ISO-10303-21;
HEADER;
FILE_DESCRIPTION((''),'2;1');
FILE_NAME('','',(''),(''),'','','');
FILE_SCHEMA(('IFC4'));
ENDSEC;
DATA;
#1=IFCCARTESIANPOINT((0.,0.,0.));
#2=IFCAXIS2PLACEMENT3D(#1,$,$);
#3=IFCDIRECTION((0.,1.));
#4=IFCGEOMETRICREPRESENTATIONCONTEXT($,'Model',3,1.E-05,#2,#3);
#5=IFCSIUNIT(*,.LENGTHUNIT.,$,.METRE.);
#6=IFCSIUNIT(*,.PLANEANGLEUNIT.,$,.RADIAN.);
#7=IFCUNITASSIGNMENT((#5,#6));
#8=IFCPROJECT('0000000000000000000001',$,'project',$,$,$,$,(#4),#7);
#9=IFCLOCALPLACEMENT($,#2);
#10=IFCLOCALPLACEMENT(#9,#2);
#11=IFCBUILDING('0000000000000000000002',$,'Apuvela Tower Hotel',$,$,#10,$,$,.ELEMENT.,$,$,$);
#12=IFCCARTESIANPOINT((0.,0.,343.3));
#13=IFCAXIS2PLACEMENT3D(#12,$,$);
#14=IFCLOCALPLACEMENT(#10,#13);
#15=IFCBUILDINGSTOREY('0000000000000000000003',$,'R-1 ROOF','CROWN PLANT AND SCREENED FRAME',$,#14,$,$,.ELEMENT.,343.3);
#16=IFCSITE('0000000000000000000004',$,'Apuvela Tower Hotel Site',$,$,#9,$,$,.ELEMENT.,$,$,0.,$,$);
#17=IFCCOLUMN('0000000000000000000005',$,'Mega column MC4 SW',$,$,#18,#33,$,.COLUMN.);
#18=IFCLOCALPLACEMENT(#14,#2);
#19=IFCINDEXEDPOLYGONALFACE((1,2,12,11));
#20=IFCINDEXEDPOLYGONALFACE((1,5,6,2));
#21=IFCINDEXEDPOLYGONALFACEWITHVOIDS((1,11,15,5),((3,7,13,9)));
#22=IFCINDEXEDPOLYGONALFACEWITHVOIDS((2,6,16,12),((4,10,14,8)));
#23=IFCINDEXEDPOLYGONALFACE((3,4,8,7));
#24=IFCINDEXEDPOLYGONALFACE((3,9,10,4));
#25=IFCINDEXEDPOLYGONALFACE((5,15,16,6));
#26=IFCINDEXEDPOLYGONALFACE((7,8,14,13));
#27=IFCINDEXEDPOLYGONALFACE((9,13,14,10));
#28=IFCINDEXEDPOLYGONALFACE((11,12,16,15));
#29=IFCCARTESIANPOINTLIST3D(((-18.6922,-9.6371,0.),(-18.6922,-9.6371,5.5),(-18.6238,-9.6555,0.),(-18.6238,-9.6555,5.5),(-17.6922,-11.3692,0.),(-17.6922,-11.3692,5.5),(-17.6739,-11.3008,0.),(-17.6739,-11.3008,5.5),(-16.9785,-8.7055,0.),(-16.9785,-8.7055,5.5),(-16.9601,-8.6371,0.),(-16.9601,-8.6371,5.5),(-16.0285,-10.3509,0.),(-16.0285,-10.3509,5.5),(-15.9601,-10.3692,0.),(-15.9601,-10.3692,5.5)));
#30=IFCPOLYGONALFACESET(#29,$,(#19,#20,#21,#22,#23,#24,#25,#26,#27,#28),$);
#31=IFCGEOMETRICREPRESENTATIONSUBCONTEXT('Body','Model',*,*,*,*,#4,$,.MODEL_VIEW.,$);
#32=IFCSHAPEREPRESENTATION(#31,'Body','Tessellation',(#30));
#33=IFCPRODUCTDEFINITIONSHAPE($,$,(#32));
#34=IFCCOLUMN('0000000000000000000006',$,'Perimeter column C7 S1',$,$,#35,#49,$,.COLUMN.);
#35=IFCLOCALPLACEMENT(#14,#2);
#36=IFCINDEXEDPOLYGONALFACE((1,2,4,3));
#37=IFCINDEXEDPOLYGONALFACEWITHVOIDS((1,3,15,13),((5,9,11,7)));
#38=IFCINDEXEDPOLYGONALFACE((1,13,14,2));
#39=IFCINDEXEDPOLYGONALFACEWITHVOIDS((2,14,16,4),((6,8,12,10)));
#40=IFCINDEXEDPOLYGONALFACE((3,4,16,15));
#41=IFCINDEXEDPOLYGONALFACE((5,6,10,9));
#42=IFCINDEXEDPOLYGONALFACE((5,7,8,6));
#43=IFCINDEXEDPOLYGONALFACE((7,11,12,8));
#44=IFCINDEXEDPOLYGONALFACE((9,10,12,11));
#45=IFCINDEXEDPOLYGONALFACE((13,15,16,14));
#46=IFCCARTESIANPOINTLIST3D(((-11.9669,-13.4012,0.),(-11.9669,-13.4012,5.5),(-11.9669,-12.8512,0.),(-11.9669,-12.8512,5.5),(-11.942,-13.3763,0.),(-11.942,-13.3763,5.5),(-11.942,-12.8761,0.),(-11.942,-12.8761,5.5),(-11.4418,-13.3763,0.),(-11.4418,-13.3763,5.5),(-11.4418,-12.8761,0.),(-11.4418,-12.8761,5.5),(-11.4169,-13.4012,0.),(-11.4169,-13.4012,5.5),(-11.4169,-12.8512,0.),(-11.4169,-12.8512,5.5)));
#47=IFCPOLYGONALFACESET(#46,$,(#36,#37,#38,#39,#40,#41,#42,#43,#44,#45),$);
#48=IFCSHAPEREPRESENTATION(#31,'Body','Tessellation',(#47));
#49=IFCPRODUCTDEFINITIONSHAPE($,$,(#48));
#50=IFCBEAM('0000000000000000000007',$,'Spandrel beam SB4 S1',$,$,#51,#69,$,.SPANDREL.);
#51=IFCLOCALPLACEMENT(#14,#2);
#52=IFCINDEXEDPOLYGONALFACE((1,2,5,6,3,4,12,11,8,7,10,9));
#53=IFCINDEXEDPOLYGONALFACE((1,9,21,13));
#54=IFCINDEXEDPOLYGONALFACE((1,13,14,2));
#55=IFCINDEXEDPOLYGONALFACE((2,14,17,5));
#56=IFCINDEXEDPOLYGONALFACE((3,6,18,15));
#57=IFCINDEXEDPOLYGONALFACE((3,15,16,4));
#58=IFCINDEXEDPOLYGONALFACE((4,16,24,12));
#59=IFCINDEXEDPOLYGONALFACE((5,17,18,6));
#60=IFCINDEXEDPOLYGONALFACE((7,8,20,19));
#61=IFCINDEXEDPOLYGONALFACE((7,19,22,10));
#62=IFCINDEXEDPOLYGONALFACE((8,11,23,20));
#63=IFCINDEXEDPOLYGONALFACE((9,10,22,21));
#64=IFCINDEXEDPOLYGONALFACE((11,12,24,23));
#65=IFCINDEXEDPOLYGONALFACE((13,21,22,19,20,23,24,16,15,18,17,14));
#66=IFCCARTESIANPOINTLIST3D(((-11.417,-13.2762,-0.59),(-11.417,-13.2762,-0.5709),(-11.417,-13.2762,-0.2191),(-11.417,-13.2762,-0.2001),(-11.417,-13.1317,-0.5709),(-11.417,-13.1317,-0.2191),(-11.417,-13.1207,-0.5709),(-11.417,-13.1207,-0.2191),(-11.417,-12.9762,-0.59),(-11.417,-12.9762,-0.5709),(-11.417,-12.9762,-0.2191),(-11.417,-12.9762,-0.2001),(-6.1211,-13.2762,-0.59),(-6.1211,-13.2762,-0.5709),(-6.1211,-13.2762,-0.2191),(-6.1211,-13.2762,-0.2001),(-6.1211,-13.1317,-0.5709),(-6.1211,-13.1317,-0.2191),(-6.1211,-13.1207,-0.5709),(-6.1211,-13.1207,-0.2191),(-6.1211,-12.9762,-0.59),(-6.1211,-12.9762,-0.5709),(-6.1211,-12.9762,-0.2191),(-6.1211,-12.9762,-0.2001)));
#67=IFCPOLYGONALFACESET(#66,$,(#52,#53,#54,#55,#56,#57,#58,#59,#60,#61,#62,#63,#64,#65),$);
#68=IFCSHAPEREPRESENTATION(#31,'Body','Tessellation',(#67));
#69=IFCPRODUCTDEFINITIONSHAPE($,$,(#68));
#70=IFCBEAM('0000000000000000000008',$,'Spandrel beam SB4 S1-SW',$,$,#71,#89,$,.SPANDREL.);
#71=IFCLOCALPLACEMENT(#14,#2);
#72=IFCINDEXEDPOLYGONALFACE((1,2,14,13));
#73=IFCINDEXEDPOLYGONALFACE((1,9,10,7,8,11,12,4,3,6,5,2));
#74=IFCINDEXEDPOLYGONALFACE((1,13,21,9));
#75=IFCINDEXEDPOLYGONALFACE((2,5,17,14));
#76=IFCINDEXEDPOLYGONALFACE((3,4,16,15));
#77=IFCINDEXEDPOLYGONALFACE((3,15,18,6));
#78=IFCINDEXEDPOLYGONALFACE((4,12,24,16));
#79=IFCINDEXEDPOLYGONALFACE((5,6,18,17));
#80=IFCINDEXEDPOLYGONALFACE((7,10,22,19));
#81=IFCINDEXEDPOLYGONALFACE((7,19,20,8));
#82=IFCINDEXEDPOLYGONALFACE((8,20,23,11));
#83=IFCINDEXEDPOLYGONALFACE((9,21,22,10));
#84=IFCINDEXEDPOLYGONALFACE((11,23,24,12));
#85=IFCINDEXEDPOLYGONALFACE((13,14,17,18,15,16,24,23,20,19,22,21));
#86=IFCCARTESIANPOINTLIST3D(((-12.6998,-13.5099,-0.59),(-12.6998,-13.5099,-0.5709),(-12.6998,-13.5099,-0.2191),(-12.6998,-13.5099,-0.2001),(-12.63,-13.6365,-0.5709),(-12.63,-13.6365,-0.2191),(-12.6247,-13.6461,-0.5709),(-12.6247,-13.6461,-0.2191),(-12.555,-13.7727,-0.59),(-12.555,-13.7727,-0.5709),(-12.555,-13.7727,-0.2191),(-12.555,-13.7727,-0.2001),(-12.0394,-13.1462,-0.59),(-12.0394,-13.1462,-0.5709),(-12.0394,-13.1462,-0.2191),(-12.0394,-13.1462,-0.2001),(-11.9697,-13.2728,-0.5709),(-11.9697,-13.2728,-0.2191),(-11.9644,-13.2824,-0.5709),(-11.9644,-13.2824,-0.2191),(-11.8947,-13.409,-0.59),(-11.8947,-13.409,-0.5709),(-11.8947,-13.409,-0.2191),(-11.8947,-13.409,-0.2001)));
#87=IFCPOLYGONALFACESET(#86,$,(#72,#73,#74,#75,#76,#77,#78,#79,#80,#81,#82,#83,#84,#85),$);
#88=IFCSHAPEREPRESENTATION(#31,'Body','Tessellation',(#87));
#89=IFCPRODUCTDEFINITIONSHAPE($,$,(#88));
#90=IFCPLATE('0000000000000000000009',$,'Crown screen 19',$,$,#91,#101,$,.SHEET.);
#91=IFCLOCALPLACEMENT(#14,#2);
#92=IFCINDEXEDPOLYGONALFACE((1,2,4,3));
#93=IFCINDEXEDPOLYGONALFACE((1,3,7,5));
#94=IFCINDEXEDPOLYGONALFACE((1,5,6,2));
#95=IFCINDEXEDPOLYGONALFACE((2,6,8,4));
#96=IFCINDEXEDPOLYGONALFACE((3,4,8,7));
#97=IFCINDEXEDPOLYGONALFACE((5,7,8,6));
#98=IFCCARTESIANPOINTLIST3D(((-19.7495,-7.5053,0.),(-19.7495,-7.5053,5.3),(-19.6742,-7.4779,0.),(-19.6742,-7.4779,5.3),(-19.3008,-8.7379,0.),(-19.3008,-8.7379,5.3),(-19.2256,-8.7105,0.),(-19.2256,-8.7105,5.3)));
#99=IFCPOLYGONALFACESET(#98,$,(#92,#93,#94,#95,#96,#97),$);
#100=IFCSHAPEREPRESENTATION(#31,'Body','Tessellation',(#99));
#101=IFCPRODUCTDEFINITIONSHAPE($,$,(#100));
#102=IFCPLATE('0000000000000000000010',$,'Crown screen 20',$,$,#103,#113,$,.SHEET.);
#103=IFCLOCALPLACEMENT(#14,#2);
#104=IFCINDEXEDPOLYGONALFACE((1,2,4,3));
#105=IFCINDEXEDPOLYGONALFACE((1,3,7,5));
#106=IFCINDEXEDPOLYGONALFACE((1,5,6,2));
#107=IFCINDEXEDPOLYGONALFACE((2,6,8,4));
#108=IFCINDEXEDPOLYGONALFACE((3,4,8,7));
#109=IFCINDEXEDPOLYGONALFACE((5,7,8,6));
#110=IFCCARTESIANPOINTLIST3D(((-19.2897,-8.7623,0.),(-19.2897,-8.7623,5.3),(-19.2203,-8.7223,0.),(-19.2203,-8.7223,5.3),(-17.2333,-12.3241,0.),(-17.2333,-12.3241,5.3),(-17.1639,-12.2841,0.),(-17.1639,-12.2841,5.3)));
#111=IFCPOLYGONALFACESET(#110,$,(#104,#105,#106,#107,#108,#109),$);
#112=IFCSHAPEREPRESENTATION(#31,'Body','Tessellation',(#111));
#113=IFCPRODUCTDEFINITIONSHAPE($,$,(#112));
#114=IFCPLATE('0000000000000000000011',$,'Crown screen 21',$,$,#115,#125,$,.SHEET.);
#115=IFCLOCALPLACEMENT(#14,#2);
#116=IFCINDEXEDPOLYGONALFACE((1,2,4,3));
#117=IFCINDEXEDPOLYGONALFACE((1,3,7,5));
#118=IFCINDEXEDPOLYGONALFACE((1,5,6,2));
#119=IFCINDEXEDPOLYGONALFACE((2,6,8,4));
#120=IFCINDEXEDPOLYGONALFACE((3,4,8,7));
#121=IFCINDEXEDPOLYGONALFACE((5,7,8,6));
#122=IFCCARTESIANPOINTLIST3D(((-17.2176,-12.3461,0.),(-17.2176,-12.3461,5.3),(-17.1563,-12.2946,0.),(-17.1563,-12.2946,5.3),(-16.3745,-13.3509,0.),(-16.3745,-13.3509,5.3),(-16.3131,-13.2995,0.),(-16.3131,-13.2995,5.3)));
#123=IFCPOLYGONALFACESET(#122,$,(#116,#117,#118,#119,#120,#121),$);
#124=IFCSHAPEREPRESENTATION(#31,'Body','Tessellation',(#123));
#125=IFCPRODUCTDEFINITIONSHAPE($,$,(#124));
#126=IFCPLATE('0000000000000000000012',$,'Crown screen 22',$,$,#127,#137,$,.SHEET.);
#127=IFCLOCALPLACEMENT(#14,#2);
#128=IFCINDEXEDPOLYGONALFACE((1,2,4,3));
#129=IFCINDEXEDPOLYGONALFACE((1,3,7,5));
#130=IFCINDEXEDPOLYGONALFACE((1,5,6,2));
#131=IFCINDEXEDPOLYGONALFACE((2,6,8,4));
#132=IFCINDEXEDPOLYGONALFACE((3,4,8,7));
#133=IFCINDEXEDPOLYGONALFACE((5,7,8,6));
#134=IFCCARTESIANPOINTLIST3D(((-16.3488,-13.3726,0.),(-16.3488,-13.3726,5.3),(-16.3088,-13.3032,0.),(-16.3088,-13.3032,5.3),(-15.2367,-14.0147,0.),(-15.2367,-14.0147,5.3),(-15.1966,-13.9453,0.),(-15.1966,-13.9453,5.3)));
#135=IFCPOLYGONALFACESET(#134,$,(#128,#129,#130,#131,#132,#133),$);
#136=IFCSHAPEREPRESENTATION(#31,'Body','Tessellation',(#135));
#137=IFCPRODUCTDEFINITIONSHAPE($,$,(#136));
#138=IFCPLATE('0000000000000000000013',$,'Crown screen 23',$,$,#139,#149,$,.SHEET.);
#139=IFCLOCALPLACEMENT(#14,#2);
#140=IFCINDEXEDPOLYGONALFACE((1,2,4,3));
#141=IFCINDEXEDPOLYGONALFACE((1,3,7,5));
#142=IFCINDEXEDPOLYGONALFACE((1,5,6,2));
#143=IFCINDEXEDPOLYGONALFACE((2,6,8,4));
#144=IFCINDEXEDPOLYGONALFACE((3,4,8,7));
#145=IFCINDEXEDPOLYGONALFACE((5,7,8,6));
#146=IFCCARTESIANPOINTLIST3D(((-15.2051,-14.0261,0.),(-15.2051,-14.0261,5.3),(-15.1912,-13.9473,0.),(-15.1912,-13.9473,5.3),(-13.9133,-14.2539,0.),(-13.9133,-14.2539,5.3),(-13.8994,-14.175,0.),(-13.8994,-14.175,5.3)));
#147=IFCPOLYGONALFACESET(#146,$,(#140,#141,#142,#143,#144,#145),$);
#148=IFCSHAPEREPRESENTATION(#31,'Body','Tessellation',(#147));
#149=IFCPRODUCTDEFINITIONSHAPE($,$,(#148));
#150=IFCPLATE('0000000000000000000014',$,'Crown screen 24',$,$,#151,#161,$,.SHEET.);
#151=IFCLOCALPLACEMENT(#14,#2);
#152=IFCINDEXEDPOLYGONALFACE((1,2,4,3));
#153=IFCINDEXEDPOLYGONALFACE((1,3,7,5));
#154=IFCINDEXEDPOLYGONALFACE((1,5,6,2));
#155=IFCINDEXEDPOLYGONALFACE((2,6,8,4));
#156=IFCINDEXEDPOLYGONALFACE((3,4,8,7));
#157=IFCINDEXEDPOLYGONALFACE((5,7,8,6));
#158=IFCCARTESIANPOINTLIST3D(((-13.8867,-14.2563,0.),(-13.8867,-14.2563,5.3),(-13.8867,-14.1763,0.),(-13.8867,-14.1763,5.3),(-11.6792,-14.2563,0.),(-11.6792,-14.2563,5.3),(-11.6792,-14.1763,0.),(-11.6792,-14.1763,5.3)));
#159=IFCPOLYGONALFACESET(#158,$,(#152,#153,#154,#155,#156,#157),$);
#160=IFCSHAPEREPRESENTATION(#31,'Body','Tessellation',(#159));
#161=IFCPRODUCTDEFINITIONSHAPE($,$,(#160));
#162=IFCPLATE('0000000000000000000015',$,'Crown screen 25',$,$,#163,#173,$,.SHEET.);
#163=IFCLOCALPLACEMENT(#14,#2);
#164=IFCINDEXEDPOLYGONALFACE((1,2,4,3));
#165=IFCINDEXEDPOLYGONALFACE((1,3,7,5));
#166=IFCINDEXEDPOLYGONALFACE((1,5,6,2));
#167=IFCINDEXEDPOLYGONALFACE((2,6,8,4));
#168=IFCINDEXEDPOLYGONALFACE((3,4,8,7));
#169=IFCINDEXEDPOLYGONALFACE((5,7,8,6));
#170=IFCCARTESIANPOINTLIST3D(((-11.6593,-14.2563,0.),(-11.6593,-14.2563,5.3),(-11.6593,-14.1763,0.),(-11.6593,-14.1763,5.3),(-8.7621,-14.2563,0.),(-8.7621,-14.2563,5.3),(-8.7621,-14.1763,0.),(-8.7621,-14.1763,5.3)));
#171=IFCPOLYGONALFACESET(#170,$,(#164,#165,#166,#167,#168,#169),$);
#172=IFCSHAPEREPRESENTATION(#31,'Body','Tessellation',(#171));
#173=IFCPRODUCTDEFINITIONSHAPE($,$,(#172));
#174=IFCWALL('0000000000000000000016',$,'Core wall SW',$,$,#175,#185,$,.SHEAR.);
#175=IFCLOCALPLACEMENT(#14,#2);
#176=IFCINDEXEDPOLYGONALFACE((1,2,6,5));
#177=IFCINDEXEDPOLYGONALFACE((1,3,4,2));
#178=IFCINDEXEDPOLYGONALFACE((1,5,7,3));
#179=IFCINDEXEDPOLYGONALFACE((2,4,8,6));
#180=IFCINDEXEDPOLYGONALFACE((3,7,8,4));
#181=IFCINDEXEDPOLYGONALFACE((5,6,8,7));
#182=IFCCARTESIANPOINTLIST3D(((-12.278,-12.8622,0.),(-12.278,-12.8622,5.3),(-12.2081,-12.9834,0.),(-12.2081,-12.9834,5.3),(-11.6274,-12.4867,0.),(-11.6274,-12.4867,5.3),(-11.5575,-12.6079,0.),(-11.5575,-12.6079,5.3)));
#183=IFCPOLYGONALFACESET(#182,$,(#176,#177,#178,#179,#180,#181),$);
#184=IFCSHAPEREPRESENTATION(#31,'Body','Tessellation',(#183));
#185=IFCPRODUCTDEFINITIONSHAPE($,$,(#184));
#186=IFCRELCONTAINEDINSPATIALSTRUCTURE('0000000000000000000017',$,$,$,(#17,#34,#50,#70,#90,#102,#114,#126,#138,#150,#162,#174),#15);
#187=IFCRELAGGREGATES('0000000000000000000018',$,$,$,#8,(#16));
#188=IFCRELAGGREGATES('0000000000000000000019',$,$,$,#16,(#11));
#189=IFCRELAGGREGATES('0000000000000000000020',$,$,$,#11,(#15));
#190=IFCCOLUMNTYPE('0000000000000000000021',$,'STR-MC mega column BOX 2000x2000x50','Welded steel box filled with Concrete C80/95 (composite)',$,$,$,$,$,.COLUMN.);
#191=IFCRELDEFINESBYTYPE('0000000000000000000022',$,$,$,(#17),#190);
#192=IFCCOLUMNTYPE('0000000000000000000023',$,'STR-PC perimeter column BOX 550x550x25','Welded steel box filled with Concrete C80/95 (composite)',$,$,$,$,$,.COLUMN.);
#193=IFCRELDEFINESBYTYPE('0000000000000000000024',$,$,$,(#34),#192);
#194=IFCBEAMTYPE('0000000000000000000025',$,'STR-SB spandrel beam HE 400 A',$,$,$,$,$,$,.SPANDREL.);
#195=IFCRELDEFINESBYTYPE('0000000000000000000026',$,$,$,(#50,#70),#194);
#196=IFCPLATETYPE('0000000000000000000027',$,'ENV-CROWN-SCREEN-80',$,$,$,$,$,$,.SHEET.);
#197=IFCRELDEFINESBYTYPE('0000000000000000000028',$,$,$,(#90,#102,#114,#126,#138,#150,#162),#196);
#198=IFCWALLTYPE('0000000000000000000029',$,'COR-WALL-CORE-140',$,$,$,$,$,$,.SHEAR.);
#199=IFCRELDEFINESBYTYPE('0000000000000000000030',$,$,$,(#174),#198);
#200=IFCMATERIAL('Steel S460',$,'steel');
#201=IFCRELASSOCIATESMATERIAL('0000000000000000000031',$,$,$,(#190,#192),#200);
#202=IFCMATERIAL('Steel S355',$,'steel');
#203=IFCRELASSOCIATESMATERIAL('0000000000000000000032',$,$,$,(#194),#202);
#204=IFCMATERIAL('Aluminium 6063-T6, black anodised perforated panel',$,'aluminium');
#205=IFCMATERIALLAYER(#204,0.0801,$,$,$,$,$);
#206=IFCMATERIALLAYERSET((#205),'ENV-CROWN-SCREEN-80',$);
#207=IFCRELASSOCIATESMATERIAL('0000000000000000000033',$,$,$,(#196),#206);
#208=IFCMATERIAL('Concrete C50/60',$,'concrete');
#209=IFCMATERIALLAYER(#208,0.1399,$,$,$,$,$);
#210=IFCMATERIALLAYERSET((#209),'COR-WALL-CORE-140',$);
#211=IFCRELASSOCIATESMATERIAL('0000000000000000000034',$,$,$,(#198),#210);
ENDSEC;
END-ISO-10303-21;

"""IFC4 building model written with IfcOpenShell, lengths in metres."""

from ifc_helpers import new_model, si_unit, direction, frame, frame_2d, origin, origin_2d, place, context, subcontext, project, spatial, rectangle, hollow_rectangle, i_section, extrude, material, layer, layer_set, material_profile, profile_set, type_object, element, save


model = new_model("IFC4")

# Units and contexts
model_context = context("Model", 3, precision=1e-05, world=origin(), true_north=direction((0.0, 1.0)))
body_context = subcontext(model_context, "Body", "Model", "MODEL_VIEW")
ifc_project = project(units=[si_unit("LENGTHUNIT", "METRE"), si_unit("PLANEANGLEUNIT", "RADIAN")], contexts=[model_context])

# Site, building, storey
site_placement = place(None, origin())
site = spatial("IfcSite", under=ifc_project, at=site_placement, Name="Apuvela Tower Hotel Site", CompositionType="ELEMENT", RefElevation=0.0)
building_placement = place(site_placement, origin())
building = spatial("IfcBuilding", under=site, at=building_placement, Name="Apuvela Tower Hotel", CompositionType="ELEMENT")
storey_placement = place(building_placement, frame((0.0, 0.0, 343.3)))
storey = spatial("IfcBuildingStorey", under=building, at=storey_placement, Name="R-1 ROOF", Description="CROWN PLANT AND SCREENED FRAME", CompositionType="ELEMENT", Elevation=343.3)

# Columns
ifc_material_1 = material(Name="Steel S460", Category="steel")
ifc_material_profile_1 = material_profile(ifc_material_1, hollow_rectangle(XDim=2.0, YDim=2.0, WallThickness=0.05, at=origin_2d()), Name="BOX 2000x2000x50")
ifc_material_2 = material(Name="Concrete C80/95", Category="concrete")
ifc_material_profile_2 = material_profile(ifc_material_2, rectangle(XDim=1.8999, YDim=1.8999, at=origin_2d()), Name="Concrete C80/95 infill")
ifc_profile_set_1 = profile_set([ifc_material_profile_1, ifc_material_profile_2], Name="Steel S460")
column_type_1 = type_object("IfcColumnType", Name="STR-MC mega column BOX 2000x2000x50", Description="Welded steel box filled with Concrete C80/95 (composite)", PredefinedType="COLUMN", material=ifc_profile_set_1)
column_1_placement = place(storey_placement, frame((-17.3262, -10.0032, 0.0), z_axis=(0.0, 0.0, 1.0), x_axis=(-0.5, 0.866025, 0.0)))
element("IfcColumn", 1, at=column_1_placement, inside=storey, type_object=column_type_1, Name="Mega column MC4 SW", PredefinedType="COLUMN", context=body_context, shape_type="SweptSolid", body=[
    extrude(hollow_rectangle(XDim=2.0, YDim=2.0, WallThickness=0.05, at=origin_2d()), origin(), (0.0, 0.0, 1.0), 5.5),
])
ifc_material_profile_3 = material_profile(ifc_material_1, hollow_rectangle(XDim=0.55, YDim=0.55, WallThickness=0.0249, at=origin_2d()), Name="BOX 550x550x25")
ifc_material_profile_4 = material_profile(ifc_material_2, rectangle(XDim=0.5, YDim=0.5, at=origin_2d()), Name="Concrete C80/95 infill")
ifc_profile_set_2 = profile_set([ifc_material_profile_3, ifc_material_profile_4], Name="Steel S460")
column_type_2 = type_object("IfcColumnType", Name="STR-PC perimeter column BOX 550x550x25", Description="Welded steel box filled with Concrete C80/95 (composite)", PredefinedType="COLUMN", material=ifc_profile_set_2)
column_2_placement = place(storey_placement, frame((-11.6919, -13.1262, 0.0), z_axis=(0.0, 0.0, 1.0), x_axis=(-1.0, 0.0, 0.0)))
element("IfcColumn", 2, at=column_2_placement, inside=storey, type_object=column_type_2, Name="Perimeter column C7 S1", PredefinedType="COLUMN", context=body_context, shape_type="SweptSolid", body=[
    extrude(hollow_rectangle(XDim=0.55, YDim=0.55, WallThickness=0.0249, at=origin_2d()), origin(), (0.0, 0.0, 1.0), 5.5),
])

# Beams
ifc_material_3 = material(Name="Steel S355", Category="steel")
ifc_material_profile_5 = material_profile(ifc_material_3, i_section(OverallWidth=0.3, OverallDepth=0.3899, WebThickness=0.011, FlangeThickness=0.019, at=origin_2d()), Name="HE 400 A")
ifc_profile_set_3 = profile_set([ifc_material_profile_5], Name="Steel S355")
beam_type = type_object("IfcBeamType", Name="STR-SB spandrel beam HE 400 A", PredefinedType="SPANDREL", material=ifc_profile_set_3)
beam_1_placement = place(storey_placement, frame((-11.417, -13.1262, -0.395), z_axis=(1.0, 0.0, 0.0), x_axis=(0.0, 1.0, 0.0)))
element("IfcBeam", 3, at=beam_1_placement, inside=storey, type_object=beam_type, Name="Spandrel beam SB4 S1", PredefinedType="SPANDREL", context=body_context, shape_type="SweptSolid", body=[
    extrude(i_section(OverallWidth=0.3, OverallDepth=0.3899, WebThickness=0.011, FlangeThickness=0.019, at=origin_2d()), origin(), (0.0, 0.0, 1.0), 5.2959),
])
beam_2_placement = place(storey_placement, frame((-11.967, -13.2776, -0.395), z_axis=(-0.875908, -0.482478, 0.0), x_axis=(0.482478, -0.875908, 0.0)))
element("IfcBeam", 4, at=beam_2_placement, inside=storey, type_object=beam_type, Name="Spandrel beam SB4 S1-SW", PredefinedType="SPANDREL", context=body_context, shape_type="SweptSolid", body=[
    extrude(i_section(OverallWidth=0.3, OverallDepth=0.3899, WebThickness=0.011, FlangeThickness=0.019, at=origin_2d()), origin(), (0.0, 0.0, 1.0), 0.7539),
])

# Plates
ifc_material_4 = material(Name="Aluminium 6063-T6, black anodised perforated panel", Category="aluminium")
ifc_layer_1 = layer(ifc_material_4, 0.0801)
ifc_layer_set_1 = layer_set([ifc_layer_1], Name="ENV-CROWN-SCREEN-80")
plate_type = type_object("IfcPlateType", Name="ENV-CROWN-SCREEN-80", PredefinedType="SHEET", material=ifc_layer_set_1)
plate_1_placement = place(storey_placement, frame((-19.4875, -8.1079, 0.0), z_axis=(0.0, 0.0, 1.0), x_axis=(0.34202, -0.939693, 0.0)))
element("IfcPlate", 5, at=plate_1_placement, inside=storey, type_object=plate_type, Name="Crown screen 19", PredefinedType="SHEET", context=body_context, shape_type="SweptSolid", body=[
    extrude(rectangle(XDim=1.3118, YDim=0.0801, at=origin_2d()), origin(), (0.0, 0.0, 1.0), 5.3),
])
plate_2_placement = place(storey_placement, frame((-18.2268, -10.5232, 0.0), z_axis=(0.0, 0.0, 1.0), x_axis=(0.5, -0.866025, 0.0)))
element("IfcPlate", 6, at=plate_2_placement, inside=storey, type_object=plate_type, Name="Crown screen 20", PredefinedType="SHEET", context=body_context, shape_type="SweptSolid", body=[
    extrude(rectangle(XDim=4.1128, YDim=0.0801, at=origin_2d()), origin(), (0.0, 0.0, 1.0), 5.3),
])
plate_3_placement = place(storey_placement, frame((-16.7654, -12.8228, 0.0), z_axis=(0.0, 0.0, 1.0), x_axis=(0.642788, -0.766044, 0.0)))
element("IfcPlate", 7, at=plate_3_placement, inside=storey, type_object=plate_type, Name="Crown screen 21", PredefinedType="SHEET", context=body_context, shape_type="SweptSolid", body=[
    extrude(rectangle(XDim=1.3118, YDim=0.0801, at=origin_2d()), origin(), (0.0, 0.0, 1.0), 5.3),
])
plate_4_placement = place(storey_placement, frame((-15.7727, -13.6589, 0.0), z_axis=(0.0, 0.0, 1.0), x_axis=(0.866025, -0.5, 0.0)))
element("IfcPlate", 8, at=plate_4_placement, inside=storey, type_object=plate_type, Name="Crown screen 22", PredefinedType="SHEET", context=body_context, shape_type="SweptSolid", body=[
    extrude(rectangle(XDim=1.2842, YDim=0.0801, at=origin_2d()), origin(), (0.0, 0.0, 1.0), 5.3),
])
plate_5_placement = place(storey_placement, frame((-14.5522, -14.1006, 0.0), z_axis=(0.0, 0.0, 1.0), x_axis=(0.984808, -0.173648, 0.0)))
element("IfcPlate", 9, at=plate_5_placement, inside=storey, type_object=plate_type, Name="Crown screen 23", PredefinedType="SHEET", context=body_context, shape_type="SweptSolid", body=[
    extrude(rectangle(XDim=1.3118, YDim=0.0801, at=origin_2d()), origin(), (0.0, 0.0, 1.0), 5.3),
])
plate_6_placement = place(storey_placement, frame((-12.783, -14.2163, 0.0), z_axis=(0.0, 0.0, 1.0), x_axis=(1.0, 0.0, 0.0)))
element("IfcPlate", 10, at=plate_6_placement, inside=storey, type_object=plate_type, Name="Crown screen 24", PredefinedType="SHEET", context=body_context, shape_type="SweptSolid", body=[
    extrude(rectangle(XDim=2.2075, YDim=0.0801, at=origin_2d()), origin(), (0.0, 0.0, 1.0), 5.3),
])
plate_7_placement = place(storey_placement, frame((-10.2107, -14.2163, 0.0), z_axis=(0.0, 0.0, 1.0), x_axis=(1.0, 0.0, 0.0)))
element("IfcPlate", 11, at=plate_7_placement, inside=storey, type_object=plate_type, Name="Crown screen 25", PredefinedType="SHEET", context=body_context, shape_type="SweptSolid", body=[
    extrude(rectangle(XDim=2.8972, YDim=0.0801, at=origin_2d()), origin(), (0.0, 0.0, 1.0), 5.3),
])

# Wall
ifc_material_5 = material(Name="Concrete C50/60", Category="concrete")
ifc_layer_2 = layer(ifc_material_5, 0.1399)
ifc_layer_set_2 = layer_set([ifc_layer_2], Name="COR-WALL-CORE-140")
wall_type_1 = type_object("IfcWallType", Name="COR-WALL-CORE-140", PredefinedType="SHEAR", material=ifc_layer_set_2)
wall_1_placement = place(storey_placement, frame((-11.5925, -12.5474, 0.0), z_axis=(0.0, 0.0, 1.0), x_axis=(-0.866115, -0.499844, 0.0)))
element("IfcWall", 12, at=wall_1_placement, inside=storey, type_object=wall_type_1, Name="Core wall SW", PredefinedType="SHEAR", context=body_context, shape_type="SweptSolid", body=[
    extrude(rectangle(XDim=0.7512, YDim=0.1399, at=frame_2d((0.3755, 0.0))), origin(), (0.0, 0.0, 1.0), 5.3),
])

save(model, "model.ifc")
